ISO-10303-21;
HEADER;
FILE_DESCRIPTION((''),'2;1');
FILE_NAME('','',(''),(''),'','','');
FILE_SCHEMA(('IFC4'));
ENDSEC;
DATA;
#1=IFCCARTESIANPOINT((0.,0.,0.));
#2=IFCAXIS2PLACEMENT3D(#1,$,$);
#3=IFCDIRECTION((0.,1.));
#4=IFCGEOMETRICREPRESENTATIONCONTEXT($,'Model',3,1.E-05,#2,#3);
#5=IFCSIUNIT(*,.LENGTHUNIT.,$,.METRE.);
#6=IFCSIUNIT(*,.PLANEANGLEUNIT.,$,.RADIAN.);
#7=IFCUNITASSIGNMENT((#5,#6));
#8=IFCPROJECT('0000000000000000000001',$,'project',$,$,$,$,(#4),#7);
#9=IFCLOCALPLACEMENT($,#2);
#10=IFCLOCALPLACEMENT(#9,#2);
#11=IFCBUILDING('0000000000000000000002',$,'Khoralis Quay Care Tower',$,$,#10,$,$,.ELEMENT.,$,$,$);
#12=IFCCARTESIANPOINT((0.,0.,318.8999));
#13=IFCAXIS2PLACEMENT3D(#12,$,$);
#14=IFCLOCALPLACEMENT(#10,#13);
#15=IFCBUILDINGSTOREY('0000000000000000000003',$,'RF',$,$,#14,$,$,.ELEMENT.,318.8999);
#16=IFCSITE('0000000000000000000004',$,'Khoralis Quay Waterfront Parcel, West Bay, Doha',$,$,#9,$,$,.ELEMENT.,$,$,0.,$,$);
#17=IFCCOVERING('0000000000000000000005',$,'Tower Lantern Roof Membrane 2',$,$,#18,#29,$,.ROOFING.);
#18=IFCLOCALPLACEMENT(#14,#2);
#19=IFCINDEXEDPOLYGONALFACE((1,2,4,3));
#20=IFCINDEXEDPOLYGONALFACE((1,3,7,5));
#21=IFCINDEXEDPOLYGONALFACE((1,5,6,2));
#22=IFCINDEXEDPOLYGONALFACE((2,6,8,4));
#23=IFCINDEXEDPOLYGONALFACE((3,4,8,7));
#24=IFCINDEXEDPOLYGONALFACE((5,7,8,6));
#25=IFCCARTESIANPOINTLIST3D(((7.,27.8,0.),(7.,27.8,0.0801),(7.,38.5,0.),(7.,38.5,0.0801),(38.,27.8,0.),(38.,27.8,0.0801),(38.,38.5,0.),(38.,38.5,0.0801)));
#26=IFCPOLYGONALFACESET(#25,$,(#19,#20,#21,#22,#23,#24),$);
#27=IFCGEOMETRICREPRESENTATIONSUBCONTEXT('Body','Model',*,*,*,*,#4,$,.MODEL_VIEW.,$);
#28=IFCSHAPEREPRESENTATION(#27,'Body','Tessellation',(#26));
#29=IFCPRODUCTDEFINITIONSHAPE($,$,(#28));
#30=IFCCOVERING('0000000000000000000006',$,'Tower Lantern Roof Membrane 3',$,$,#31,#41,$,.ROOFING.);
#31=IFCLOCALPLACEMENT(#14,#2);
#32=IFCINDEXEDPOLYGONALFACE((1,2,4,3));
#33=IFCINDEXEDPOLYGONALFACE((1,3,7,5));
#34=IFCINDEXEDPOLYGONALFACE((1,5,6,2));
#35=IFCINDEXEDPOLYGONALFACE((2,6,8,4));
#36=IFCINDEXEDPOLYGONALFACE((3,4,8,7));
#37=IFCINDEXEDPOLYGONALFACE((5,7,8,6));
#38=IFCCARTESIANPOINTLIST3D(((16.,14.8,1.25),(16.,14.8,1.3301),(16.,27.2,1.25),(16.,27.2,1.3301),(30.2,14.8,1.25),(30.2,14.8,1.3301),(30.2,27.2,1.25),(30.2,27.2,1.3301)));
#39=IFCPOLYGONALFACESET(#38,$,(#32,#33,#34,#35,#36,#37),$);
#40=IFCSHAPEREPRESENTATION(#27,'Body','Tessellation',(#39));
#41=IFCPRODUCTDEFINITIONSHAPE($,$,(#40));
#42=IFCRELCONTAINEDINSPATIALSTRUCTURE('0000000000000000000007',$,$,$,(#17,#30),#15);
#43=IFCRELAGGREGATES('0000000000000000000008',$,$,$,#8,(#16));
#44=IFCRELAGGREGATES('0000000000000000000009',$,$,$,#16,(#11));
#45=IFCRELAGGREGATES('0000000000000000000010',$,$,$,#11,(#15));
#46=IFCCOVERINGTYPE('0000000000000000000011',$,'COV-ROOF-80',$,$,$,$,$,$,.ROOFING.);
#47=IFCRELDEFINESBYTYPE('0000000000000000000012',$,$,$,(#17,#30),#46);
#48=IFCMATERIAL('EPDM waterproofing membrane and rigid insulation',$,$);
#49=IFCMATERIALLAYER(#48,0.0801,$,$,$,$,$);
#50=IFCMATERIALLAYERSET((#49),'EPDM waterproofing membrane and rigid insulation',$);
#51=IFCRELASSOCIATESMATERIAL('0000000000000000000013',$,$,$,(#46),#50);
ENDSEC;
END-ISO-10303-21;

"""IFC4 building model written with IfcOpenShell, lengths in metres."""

from ifc_helpers import new_model, si_unit, direction, frame, origin, place, context, subcontext, project, spatial, polyline, outline, extrude, material, layer, layer_set, type_object, element, save


model = new_model("IFC4")

# Units and contexts
model_context = context("Model", 3, precision=1e-05, world=origin(), true_north=direction((0.0, 1.0)))
body_context = subcontext(model_context, "Body", "Model", "MODEL_VIEW")
ifc_project = project(units=[si_unit("LENGTHUNIT", "METRE"), si_unit("PLANEANGLEUNIT", "RADIAN")], contexts=[model_context])

# Site, building, storey
site_placement = place(None, origin())
site = spatial("IfcSite", under=ifc_project, at=site_placement, Name="Khoralis Quay Waterfront Parcel, West Bay, Doha", CompositionType="ELEMENT", RefElevation=0.0)
building_placement = place(site_placement, origin())
building = spatial("IfcBuilding", under=site, at=building_placement, Name="Khoralis Quay Care Tower", CompositionType="ELEMENT")
storey_placement = place(building_placement, frame((0.0, 0.0, 318.8999)))
storey = spatial("IfcBuildingStorey", under=building, at=storey_placement, Name="RF", CompositionType="ELEMENT", Elevation=318.8999)

# Coverings
ifc_material_1 = material(Name="EPDM waterproofing membrane and rigid insulation")
ifc_layer_1 = layer(ifc_material_1, 0.0801)
ifc_layer_set_1 = layer_set([ifc_layer_1], Name="EPDM waterproofing membrane and rigid insulation")
covering_type = type_object("IfcCoveringType", Name="COV-ROOF-80", PredefinedType="ROOFING", material=ifc_layer_set_1)
covering_1_placement = place(storey_placement, origin())
element("IfcCovering", 1, at=covering_1_placement, inside=storey, type_object=covering_type, Name="Tower Lantern Roof Membrane 2", PredefinedType="ROOFING", context=body_context, shape_type="SweptSolid", body=[
    extrude(outline(polyline([(7.0, 27.8), (38.0, 27.8), (38.0, 38.5), (7.0, 38.5), (7.0, 27.8)])), origin(), (0.0, 0.0, 1.0), 0.0801),
])
covering_2_placement = place(storey_placement, frame((0.0, 0.0, 1.25)))
element("IfcCovering", 2, at=covering_2_placement, inside=storey, type_object=covering_type, Name="Tower Lantern Roof Membrane 3", PredefinedType="ROOFING", context=body_context, shape_type="SweptSolid", body=[
    extrude(outline(polyline([(16.0, 14.8), (30.2, 14.8), (30.2, 27.2), (16.0, 27.2), (16.0, 14.8)])), origin(), (0.0, 0.0, 1.0), 0.0801),
])

save(model, "model.ifc")
